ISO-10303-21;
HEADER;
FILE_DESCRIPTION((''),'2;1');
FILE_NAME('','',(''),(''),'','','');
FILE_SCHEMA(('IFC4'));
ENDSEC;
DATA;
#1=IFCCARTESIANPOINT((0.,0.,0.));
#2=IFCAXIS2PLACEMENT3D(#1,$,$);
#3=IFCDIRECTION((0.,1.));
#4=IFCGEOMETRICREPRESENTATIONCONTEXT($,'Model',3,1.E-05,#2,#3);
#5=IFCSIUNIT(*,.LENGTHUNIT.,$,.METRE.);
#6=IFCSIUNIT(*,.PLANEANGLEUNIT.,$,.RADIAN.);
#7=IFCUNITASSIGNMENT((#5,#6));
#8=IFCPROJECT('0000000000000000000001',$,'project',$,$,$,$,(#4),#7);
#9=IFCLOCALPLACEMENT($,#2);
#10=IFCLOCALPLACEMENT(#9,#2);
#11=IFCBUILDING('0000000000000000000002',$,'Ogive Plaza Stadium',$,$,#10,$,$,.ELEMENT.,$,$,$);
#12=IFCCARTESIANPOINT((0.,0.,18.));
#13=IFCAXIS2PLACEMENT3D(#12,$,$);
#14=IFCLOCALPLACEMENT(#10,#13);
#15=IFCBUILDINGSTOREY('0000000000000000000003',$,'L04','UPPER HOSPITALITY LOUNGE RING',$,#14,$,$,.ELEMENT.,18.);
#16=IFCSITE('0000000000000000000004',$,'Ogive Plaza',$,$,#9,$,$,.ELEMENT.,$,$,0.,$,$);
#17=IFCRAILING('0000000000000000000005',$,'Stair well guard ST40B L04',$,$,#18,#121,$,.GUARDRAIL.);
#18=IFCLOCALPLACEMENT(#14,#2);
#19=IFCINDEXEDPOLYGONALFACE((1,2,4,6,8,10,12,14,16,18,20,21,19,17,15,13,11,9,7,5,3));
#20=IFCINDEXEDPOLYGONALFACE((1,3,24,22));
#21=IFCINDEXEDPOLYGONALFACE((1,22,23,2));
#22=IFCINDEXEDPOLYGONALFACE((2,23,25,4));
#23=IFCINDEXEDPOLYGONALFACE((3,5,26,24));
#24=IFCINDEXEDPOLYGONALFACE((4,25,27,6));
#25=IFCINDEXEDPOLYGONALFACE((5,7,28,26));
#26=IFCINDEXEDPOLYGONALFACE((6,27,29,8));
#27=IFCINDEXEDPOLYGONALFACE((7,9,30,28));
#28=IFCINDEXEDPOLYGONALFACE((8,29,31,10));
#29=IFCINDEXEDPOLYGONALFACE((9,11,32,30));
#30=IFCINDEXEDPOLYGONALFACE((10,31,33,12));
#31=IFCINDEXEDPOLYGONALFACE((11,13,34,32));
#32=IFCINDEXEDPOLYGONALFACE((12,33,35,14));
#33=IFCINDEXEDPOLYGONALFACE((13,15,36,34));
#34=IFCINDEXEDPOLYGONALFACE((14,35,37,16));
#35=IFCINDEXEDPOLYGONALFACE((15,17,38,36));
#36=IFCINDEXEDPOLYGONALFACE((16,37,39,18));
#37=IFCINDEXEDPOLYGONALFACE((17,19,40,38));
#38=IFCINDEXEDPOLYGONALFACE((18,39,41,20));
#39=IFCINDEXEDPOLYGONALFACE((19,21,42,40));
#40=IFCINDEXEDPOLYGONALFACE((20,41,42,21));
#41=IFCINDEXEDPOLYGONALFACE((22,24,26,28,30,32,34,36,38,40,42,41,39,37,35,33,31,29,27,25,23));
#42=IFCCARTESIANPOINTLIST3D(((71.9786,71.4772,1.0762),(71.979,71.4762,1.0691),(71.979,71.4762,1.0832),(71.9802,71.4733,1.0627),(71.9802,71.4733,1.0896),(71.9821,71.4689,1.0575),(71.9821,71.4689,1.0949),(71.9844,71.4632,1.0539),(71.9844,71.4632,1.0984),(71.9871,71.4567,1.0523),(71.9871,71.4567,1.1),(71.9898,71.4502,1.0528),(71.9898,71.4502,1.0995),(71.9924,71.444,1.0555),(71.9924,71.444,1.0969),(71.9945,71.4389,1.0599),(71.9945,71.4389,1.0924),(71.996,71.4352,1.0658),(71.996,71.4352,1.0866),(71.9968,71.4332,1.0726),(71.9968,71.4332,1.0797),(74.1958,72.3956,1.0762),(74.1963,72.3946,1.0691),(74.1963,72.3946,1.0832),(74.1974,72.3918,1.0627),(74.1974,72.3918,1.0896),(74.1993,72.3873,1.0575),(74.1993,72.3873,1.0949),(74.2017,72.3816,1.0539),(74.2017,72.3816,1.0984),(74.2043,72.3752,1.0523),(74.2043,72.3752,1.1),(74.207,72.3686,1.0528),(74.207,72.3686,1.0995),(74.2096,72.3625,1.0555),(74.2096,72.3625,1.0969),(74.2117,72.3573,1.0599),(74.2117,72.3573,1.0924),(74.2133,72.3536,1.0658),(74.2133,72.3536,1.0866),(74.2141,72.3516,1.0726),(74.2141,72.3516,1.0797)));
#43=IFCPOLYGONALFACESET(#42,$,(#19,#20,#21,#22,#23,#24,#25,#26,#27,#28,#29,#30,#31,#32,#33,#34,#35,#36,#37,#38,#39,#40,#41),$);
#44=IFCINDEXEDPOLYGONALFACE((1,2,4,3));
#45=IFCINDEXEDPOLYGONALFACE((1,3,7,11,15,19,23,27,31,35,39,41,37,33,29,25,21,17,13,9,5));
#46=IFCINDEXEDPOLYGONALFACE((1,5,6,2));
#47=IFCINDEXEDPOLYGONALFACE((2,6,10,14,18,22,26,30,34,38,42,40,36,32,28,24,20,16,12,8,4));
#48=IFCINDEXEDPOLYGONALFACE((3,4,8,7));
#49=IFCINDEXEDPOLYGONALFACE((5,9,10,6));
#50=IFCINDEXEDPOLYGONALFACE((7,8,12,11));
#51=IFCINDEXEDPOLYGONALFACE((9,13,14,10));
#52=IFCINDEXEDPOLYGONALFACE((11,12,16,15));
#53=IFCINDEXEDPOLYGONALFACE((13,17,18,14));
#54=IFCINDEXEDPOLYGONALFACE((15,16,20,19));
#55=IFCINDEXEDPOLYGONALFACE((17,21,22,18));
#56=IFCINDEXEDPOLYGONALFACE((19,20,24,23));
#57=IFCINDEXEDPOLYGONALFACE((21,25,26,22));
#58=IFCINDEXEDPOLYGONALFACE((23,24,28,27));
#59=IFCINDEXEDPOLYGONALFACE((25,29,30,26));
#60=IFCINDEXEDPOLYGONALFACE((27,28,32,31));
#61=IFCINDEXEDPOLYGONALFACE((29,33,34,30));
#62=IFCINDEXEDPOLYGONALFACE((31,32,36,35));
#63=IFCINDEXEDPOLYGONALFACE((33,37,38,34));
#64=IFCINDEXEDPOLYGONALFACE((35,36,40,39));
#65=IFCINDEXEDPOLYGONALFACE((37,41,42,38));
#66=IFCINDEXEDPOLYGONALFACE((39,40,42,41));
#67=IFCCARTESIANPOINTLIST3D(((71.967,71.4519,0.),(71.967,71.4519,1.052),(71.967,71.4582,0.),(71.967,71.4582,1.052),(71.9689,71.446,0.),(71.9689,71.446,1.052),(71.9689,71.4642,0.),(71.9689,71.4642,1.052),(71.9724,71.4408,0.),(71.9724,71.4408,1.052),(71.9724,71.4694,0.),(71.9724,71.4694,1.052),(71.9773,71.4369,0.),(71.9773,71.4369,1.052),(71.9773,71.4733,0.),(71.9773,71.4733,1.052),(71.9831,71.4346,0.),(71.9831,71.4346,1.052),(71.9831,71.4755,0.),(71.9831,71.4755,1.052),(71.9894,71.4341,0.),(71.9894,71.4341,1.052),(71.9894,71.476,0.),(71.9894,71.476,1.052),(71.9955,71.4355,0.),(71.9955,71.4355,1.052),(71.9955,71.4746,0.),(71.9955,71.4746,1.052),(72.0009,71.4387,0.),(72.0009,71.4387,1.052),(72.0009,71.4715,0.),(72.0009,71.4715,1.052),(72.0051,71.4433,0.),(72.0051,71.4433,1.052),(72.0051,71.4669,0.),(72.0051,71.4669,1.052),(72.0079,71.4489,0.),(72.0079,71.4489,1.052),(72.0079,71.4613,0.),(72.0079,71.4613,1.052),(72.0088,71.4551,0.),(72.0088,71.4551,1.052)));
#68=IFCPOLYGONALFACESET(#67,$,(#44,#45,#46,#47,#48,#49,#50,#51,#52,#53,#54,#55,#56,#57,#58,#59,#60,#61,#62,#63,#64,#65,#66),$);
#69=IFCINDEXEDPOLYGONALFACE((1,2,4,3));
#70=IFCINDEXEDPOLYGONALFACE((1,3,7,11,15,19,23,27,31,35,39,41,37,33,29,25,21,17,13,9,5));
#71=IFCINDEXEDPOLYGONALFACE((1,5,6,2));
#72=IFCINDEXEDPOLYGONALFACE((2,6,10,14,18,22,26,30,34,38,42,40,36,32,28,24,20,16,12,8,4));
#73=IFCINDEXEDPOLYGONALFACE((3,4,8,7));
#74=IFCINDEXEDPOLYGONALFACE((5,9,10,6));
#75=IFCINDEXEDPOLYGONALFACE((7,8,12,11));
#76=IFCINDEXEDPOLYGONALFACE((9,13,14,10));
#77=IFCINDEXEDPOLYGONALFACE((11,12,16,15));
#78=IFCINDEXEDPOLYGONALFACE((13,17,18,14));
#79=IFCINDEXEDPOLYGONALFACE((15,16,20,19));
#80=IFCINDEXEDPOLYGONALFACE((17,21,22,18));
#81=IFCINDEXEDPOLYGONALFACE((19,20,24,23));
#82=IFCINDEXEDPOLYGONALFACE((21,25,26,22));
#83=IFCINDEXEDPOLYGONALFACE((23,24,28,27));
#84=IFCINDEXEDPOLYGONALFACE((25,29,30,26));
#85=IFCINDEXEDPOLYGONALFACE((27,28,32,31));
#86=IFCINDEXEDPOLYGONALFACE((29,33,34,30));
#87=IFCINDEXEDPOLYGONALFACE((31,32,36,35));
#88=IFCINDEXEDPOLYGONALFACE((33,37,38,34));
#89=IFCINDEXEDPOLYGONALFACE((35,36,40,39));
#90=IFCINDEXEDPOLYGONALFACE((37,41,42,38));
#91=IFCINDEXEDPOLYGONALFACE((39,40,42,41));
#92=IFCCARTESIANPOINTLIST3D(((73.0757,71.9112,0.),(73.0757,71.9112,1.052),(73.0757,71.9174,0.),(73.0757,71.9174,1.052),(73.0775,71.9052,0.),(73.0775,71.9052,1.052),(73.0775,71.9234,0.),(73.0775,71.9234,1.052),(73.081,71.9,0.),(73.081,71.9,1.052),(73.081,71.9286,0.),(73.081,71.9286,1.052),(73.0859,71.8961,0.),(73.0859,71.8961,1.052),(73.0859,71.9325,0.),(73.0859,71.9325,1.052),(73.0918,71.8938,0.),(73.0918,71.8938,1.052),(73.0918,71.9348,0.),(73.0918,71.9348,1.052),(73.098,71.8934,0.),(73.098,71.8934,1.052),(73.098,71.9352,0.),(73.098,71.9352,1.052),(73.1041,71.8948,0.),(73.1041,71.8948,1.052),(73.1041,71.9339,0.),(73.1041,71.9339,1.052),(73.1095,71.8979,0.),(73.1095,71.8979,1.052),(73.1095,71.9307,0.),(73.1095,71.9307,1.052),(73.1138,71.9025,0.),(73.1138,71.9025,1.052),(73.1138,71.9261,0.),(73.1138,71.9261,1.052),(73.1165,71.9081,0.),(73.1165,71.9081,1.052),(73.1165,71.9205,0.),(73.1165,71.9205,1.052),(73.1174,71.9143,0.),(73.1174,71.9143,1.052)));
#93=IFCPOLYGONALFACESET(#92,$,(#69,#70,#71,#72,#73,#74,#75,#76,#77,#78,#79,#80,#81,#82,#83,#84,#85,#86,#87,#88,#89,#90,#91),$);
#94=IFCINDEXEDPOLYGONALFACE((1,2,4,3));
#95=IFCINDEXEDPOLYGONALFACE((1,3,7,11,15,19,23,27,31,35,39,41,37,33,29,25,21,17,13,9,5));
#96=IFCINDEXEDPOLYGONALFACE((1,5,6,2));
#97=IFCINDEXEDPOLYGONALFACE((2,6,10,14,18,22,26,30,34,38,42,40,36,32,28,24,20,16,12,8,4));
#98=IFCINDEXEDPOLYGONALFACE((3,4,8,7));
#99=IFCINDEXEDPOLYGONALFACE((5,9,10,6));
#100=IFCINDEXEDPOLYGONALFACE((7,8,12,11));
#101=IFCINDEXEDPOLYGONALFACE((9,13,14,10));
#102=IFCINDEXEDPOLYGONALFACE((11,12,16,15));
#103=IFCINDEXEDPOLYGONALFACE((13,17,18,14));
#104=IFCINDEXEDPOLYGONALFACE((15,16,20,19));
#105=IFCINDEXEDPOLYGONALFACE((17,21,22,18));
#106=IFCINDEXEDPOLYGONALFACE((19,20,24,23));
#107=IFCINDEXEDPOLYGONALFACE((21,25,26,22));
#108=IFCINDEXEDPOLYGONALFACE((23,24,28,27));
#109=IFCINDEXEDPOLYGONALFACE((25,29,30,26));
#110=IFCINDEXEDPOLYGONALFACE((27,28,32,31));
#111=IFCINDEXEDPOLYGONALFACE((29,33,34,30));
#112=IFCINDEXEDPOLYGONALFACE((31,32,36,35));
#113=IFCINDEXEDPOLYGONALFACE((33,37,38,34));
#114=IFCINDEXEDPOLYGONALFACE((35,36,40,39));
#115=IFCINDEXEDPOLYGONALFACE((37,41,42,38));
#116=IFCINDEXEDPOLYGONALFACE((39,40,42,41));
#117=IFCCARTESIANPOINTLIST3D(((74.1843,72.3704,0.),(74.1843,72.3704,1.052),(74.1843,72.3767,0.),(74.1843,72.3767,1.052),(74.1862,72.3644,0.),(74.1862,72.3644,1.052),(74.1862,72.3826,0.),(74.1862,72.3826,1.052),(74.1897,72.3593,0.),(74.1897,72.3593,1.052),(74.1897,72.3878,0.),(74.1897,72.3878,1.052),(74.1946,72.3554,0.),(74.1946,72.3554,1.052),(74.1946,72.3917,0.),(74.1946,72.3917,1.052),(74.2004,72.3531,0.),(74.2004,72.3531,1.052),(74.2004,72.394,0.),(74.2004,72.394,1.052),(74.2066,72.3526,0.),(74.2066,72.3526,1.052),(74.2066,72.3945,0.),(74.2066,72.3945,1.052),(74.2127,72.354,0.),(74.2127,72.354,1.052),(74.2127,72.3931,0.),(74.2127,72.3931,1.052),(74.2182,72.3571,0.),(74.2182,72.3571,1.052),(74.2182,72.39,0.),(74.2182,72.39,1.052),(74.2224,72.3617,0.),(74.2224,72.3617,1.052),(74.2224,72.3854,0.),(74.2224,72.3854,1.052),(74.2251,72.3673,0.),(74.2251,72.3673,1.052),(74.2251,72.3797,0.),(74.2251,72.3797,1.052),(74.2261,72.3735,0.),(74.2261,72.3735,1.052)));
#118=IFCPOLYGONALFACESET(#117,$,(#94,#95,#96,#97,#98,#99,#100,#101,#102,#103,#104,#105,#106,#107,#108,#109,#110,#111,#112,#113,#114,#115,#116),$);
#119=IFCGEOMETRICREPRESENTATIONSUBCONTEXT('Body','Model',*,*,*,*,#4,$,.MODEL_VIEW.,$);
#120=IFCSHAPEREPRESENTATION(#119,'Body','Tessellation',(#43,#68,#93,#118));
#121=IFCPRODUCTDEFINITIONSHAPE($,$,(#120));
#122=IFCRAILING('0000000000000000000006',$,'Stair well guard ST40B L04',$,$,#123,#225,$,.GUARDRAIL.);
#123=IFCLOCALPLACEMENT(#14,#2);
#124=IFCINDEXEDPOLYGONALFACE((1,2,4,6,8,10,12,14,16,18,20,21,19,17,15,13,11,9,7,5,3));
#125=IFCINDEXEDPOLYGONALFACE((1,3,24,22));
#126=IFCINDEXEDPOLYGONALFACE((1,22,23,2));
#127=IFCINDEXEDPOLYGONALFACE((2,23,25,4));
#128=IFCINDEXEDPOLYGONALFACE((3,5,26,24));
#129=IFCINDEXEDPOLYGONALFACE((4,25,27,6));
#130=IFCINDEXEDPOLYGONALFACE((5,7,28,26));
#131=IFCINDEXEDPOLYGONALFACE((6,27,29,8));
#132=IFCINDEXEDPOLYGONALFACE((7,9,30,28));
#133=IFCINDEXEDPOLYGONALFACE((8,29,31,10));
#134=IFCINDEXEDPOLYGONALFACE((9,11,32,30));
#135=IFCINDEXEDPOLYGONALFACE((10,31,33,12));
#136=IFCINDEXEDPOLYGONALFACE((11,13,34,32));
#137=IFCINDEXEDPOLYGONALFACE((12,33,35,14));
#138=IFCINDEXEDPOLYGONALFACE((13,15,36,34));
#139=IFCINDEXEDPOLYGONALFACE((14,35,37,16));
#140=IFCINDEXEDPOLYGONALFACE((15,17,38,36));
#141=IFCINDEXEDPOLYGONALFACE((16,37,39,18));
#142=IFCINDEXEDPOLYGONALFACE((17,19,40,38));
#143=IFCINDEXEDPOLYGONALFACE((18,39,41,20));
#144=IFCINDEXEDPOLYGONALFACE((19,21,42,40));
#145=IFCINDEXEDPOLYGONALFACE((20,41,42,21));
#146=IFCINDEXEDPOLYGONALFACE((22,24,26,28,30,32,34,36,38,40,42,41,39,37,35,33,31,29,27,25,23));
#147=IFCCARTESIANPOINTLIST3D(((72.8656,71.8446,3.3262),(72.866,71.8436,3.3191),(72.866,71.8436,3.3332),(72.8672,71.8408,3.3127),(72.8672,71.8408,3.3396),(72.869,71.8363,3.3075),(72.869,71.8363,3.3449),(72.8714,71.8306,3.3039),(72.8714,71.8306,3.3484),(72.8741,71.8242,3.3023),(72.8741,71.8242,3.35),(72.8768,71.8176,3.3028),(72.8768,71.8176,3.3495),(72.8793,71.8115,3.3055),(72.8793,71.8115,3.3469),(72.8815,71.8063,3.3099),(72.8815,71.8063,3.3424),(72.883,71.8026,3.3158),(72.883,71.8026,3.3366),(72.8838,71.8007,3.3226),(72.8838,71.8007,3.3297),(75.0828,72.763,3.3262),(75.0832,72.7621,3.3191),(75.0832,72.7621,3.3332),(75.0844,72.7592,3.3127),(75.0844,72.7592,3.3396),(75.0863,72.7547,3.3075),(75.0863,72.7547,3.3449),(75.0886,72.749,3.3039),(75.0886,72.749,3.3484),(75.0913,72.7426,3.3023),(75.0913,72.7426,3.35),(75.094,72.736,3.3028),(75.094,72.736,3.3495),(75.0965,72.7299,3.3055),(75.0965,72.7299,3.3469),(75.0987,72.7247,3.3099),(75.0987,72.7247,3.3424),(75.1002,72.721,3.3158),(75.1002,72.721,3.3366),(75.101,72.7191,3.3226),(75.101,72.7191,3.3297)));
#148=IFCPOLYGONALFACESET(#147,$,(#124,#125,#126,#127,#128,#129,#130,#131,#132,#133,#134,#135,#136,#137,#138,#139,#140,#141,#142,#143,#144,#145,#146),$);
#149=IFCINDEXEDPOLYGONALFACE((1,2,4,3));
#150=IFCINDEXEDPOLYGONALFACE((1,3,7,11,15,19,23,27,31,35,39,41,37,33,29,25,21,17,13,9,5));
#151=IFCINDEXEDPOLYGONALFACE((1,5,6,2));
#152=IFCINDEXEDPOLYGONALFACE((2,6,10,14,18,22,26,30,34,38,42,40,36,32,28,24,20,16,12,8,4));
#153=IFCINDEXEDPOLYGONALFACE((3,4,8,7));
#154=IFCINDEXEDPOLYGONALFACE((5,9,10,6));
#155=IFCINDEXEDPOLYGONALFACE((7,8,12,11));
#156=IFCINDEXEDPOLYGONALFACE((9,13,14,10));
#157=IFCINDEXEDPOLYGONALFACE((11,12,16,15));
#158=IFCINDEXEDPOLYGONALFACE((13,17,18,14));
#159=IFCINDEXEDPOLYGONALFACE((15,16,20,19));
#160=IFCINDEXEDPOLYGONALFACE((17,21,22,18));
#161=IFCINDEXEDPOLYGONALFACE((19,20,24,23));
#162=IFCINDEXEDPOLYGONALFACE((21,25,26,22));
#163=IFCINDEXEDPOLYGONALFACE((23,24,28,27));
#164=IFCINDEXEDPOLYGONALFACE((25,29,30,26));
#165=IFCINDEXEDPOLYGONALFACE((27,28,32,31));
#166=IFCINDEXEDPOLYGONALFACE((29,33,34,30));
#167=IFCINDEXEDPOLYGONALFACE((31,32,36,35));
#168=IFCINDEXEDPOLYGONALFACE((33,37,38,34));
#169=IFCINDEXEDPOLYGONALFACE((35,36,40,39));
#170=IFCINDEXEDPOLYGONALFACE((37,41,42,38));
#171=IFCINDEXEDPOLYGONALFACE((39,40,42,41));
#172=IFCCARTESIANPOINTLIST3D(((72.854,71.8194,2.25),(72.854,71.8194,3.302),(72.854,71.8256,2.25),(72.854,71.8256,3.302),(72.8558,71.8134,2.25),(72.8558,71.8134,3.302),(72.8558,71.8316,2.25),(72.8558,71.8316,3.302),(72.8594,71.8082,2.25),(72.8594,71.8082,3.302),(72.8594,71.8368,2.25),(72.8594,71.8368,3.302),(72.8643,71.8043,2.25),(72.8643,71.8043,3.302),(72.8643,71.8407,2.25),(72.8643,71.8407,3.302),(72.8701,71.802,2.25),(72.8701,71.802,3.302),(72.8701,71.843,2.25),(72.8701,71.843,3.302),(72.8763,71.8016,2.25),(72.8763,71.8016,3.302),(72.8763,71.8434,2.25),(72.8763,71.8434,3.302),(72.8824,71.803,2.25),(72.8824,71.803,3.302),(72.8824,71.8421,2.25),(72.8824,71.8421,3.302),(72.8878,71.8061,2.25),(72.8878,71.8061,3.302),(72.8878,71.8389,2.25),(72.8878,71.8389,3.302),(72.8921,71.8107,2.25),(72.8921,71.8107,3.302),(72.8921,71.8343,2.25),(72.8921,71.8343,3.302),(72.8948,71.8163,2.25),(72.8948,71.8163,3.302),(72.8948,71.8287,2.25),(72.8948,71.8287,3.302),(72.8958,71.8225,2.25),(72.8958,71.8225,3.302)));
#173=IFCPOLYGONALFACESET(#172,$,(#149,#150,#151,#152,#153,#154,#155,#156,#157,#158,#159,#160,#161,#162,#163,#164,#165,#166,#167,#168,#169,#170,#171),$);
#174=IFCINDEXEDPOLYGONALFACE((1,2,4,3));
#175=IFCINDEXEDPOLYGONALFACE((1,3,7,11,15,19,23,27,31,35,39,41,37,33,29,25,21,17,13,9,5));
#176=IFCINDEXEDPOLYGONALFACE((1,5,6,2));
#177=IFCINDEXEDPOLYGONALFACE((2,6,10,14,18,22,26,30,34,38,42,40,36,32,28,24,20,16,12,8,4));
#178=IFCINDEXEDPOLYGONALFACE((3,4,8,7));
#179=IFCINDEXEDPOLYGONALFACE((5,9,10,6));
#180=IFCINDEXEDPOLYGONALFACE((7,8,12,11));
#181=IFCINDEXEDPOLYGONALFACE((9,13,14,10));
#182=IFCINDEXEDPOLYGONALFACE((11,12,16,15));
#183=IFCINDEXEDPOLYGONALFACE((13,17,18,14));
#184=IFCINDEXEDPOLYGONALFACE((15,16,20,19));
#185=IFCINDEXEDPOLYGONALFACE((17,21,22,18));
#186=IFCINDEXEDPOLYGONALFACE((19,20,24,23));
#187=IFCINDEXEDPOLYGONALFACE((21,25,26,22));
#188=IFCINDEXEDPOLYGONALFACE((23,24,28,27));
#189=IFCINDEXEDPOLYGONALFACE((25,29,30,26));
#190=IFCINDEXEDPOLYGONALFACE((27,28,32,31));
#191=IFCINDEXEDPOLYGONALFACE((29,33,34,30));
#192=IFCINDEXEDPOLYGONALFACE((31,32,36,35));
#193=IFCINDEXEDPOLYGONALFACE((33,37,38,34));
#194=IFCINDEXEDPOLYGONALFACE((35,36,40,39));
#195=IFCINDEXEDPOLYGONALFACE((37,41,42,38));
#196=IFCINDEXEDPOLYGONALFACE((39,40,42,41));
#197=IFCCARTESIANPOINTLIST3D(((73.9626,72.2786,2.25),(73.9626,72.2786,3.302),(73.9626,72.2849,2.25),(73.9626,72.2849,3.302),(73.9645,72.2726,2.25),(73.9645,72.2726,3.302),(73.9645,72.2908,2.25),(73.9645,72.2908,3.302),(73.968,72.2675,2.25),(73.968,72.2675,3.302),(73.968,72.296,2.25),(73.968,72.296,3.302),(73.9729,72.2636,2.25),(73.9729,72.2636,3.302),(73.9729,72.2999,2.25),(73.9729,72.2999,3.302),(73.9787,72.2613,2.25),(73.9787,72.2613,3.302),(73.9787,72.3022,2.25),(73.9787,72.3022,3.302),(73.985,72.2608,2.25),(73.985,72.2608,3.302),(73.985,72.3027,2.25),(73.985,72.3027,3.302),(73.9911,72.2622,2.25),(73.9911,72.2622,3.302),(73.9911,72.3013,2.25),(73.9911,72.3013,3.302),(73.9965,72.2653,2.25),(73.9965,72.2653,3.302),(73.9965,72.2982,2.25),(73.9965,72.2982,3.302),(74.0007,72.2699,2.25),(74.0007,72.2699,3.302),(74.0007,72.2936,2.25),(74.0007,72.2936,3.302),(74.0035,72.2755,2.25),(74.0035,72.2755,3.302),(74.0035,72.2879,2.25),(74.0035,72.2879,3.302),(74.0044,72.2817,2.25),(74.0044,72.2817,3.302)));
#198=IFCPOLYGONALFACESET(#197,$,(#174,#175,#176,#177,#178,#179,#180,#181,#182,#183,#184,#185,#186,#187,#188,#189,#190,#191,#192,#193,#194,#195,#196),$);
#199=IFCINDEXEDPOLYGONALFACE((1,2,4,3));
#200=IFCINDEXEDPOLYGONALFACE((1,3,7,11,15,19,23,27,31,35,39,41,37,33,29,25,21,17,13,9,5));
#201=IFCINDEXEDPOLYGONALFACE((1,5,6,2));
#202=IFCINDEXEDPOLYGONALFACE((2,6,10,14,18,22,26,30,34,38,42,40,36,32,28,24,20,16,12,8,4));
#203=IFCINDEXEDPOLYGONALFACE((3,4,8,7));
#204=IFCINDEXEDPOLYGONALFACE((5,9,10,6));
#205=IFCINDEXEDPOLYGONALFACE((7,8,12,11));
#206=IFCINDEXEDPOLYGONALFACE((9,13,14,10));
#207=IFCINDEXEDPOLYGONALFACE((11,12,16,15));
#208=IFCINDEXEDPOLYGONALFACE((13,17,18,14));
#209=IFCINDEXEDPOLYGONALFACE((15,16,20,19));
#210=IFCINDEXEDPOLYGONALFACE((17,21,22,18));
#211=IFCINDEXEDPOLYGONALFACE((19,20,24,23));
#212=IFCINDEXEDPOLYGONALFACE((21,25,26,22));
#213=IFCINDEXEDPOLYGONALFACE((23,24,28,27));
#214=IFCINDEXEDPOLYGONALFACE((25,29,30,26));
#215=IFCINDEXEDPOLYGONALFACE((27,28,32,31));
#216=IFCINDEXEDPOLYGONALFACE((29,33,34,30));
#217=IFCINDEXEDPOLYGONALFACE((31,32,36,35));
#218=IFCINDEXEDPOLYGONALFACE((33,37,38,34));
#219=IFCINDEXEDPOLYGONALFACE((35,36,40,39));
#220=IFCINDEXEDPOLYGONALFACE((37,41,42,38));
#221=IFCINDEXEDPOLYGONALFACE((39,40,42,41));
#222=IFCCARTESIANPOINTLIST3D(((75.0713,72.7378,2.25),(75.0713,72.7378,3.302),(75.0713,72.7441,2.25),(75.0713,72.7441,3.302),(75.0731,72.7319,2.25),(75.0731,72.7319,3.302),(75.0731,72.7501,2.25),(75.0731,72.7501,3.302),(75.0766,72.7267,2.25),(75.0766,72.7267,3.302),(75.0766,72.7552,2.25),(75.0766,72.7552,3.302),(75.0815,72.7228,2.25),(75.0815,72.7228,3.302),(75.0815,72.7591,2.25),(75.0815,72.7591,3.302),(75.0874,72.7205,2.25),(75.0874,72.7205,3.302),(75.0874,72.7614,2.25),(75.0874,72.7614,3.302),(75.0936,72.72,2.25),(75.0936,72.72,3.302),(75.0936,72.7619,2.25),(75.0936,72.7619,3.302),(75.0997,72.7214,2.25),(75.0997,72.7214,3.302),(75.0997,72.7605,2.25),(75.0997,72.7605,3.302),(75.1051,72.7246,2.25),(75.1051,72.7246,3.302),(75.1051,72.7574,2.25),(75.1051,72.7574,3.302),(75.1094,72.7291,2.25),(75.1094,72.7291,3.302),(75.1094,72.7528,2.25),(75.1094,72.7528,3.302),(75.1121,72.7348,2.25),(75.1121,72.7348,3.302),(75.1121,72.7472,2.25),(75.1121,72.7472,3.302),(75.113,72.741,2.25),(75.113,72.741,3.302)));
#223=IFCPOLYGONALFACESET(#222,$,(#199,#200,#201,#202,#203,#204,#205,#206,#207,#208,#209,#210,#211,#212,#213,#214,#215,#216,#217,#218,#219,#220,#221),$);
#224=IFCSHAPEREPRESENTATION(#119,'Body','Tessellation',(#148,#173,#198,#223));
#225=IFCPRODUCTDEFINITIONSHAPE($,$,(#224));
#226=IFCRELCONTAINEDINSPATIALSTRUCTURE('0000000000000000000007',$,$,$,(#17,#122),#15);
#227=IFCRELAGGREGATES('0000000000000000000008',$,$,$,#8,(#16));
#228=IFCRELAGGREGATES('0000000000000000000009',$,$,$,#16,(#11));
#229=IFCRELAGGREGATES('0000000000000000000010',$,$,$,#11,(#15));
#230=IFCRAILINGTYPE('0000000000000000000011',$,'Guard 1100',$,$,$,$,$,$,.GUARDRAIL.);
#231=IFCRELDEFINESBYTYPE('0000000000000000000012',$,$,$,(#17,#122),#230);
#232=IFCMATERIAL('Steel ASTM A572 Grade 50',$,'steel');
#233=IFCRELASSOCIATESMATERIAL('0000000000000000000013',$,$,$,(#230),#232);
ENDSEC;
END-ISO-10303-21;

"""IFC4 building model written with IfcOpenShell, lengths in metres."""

from ifc_helpers import new_model, si_unit, direction, frame, origin, origin_2d, place, context, subcontext, project, spatial, circle, extrude, material, type_object, element, save


model = new_model("IFC4")

# Units and contexts
model_context = context("Model", 3, precision=1e-05, world=origin(), true_north=direction((0.0, 1.0)))
body_context = subcontext(model_context, "Body", "Model", "MODEL_VIEW")
ifc_project = project(units=[si_unit("LENGTHUNIT", "METRE"), si_unit("PLANEANGLEUNIT", "RADIAN")], contexts=[model_context])

# Site, building, storey
site_placement = place(None, origin())
site = spatial("IfcSite", under=ifc_project, at=site_placement, Name="Ogive Plaza", CompositionType="ELEMENT", RefElevation=0.0)
building_placement = place(site_placement, origin())
building = spatial("IfcBuilding", under=site, at=building_placement, Name="Ogive Plaza Stadium", CompositionType="ELEMENT")
storey_placement = place(building_placement, frame((0.0, 0.0, 18.0)))
storey = spatial("IfcBuildingStorey", under=building, at=storey_placement, Name="L04", Description="UPPER HOSPITALITY LOUNGE RING", CompositionType="ELEMENT", Elevation=18.0)

# Railings
ifc_material_1 = material(Name="Steel ASTM A572 Grade 50", Category="steel")
railing_type_1 = type_object("IfcRailingType", Name="Guard 1100", PredefinedType="GUARDRAIL", material=ifc_material_1)
for number, where, name in (
    (1, (71.9878, 71.4551, 0.0), "Stair well guard ST40B L04"),
    (2, (72.8748, 71.8225, 2.25), "Stair well guard ST40B L04"),
):
    element("IfcRailing", number, at=place(storey_placement, frame(where)), inside=storey, type_object=railing_type_1, Name=name, PredefinedType="GUARDRAIL", context=body_context, shape_type="SweptSolid", body=[
        extrude(circle(Radius=0.0239, at=origin_2d()), frame((0.0, 0.0, 1.0762), z_axis=(0.923875, 0.382693, 0.0), x_axis=(-0.382693, 0.923875, 0.0)), (0.0, 0.0, 1.0), 2.3999),
        extrude(circle(Radius=0.021, at=origin_2d()), origin(), (0.0, 0.0, 1.0), 1.052),
        extrude(circle(Radius=0.021, at=origin_2d()), frame((1.1086, 0.4592, 0.0)), (0.0, 0.0, 1.0), 1.052),
        extrude(circle(Radius=0.021, at=origin_2d()), frame((2.2173, 0.9185, 0.0)), (0.0, 0.0, 1.0), 1.052),
    ])

save(model, "model.ifc")
